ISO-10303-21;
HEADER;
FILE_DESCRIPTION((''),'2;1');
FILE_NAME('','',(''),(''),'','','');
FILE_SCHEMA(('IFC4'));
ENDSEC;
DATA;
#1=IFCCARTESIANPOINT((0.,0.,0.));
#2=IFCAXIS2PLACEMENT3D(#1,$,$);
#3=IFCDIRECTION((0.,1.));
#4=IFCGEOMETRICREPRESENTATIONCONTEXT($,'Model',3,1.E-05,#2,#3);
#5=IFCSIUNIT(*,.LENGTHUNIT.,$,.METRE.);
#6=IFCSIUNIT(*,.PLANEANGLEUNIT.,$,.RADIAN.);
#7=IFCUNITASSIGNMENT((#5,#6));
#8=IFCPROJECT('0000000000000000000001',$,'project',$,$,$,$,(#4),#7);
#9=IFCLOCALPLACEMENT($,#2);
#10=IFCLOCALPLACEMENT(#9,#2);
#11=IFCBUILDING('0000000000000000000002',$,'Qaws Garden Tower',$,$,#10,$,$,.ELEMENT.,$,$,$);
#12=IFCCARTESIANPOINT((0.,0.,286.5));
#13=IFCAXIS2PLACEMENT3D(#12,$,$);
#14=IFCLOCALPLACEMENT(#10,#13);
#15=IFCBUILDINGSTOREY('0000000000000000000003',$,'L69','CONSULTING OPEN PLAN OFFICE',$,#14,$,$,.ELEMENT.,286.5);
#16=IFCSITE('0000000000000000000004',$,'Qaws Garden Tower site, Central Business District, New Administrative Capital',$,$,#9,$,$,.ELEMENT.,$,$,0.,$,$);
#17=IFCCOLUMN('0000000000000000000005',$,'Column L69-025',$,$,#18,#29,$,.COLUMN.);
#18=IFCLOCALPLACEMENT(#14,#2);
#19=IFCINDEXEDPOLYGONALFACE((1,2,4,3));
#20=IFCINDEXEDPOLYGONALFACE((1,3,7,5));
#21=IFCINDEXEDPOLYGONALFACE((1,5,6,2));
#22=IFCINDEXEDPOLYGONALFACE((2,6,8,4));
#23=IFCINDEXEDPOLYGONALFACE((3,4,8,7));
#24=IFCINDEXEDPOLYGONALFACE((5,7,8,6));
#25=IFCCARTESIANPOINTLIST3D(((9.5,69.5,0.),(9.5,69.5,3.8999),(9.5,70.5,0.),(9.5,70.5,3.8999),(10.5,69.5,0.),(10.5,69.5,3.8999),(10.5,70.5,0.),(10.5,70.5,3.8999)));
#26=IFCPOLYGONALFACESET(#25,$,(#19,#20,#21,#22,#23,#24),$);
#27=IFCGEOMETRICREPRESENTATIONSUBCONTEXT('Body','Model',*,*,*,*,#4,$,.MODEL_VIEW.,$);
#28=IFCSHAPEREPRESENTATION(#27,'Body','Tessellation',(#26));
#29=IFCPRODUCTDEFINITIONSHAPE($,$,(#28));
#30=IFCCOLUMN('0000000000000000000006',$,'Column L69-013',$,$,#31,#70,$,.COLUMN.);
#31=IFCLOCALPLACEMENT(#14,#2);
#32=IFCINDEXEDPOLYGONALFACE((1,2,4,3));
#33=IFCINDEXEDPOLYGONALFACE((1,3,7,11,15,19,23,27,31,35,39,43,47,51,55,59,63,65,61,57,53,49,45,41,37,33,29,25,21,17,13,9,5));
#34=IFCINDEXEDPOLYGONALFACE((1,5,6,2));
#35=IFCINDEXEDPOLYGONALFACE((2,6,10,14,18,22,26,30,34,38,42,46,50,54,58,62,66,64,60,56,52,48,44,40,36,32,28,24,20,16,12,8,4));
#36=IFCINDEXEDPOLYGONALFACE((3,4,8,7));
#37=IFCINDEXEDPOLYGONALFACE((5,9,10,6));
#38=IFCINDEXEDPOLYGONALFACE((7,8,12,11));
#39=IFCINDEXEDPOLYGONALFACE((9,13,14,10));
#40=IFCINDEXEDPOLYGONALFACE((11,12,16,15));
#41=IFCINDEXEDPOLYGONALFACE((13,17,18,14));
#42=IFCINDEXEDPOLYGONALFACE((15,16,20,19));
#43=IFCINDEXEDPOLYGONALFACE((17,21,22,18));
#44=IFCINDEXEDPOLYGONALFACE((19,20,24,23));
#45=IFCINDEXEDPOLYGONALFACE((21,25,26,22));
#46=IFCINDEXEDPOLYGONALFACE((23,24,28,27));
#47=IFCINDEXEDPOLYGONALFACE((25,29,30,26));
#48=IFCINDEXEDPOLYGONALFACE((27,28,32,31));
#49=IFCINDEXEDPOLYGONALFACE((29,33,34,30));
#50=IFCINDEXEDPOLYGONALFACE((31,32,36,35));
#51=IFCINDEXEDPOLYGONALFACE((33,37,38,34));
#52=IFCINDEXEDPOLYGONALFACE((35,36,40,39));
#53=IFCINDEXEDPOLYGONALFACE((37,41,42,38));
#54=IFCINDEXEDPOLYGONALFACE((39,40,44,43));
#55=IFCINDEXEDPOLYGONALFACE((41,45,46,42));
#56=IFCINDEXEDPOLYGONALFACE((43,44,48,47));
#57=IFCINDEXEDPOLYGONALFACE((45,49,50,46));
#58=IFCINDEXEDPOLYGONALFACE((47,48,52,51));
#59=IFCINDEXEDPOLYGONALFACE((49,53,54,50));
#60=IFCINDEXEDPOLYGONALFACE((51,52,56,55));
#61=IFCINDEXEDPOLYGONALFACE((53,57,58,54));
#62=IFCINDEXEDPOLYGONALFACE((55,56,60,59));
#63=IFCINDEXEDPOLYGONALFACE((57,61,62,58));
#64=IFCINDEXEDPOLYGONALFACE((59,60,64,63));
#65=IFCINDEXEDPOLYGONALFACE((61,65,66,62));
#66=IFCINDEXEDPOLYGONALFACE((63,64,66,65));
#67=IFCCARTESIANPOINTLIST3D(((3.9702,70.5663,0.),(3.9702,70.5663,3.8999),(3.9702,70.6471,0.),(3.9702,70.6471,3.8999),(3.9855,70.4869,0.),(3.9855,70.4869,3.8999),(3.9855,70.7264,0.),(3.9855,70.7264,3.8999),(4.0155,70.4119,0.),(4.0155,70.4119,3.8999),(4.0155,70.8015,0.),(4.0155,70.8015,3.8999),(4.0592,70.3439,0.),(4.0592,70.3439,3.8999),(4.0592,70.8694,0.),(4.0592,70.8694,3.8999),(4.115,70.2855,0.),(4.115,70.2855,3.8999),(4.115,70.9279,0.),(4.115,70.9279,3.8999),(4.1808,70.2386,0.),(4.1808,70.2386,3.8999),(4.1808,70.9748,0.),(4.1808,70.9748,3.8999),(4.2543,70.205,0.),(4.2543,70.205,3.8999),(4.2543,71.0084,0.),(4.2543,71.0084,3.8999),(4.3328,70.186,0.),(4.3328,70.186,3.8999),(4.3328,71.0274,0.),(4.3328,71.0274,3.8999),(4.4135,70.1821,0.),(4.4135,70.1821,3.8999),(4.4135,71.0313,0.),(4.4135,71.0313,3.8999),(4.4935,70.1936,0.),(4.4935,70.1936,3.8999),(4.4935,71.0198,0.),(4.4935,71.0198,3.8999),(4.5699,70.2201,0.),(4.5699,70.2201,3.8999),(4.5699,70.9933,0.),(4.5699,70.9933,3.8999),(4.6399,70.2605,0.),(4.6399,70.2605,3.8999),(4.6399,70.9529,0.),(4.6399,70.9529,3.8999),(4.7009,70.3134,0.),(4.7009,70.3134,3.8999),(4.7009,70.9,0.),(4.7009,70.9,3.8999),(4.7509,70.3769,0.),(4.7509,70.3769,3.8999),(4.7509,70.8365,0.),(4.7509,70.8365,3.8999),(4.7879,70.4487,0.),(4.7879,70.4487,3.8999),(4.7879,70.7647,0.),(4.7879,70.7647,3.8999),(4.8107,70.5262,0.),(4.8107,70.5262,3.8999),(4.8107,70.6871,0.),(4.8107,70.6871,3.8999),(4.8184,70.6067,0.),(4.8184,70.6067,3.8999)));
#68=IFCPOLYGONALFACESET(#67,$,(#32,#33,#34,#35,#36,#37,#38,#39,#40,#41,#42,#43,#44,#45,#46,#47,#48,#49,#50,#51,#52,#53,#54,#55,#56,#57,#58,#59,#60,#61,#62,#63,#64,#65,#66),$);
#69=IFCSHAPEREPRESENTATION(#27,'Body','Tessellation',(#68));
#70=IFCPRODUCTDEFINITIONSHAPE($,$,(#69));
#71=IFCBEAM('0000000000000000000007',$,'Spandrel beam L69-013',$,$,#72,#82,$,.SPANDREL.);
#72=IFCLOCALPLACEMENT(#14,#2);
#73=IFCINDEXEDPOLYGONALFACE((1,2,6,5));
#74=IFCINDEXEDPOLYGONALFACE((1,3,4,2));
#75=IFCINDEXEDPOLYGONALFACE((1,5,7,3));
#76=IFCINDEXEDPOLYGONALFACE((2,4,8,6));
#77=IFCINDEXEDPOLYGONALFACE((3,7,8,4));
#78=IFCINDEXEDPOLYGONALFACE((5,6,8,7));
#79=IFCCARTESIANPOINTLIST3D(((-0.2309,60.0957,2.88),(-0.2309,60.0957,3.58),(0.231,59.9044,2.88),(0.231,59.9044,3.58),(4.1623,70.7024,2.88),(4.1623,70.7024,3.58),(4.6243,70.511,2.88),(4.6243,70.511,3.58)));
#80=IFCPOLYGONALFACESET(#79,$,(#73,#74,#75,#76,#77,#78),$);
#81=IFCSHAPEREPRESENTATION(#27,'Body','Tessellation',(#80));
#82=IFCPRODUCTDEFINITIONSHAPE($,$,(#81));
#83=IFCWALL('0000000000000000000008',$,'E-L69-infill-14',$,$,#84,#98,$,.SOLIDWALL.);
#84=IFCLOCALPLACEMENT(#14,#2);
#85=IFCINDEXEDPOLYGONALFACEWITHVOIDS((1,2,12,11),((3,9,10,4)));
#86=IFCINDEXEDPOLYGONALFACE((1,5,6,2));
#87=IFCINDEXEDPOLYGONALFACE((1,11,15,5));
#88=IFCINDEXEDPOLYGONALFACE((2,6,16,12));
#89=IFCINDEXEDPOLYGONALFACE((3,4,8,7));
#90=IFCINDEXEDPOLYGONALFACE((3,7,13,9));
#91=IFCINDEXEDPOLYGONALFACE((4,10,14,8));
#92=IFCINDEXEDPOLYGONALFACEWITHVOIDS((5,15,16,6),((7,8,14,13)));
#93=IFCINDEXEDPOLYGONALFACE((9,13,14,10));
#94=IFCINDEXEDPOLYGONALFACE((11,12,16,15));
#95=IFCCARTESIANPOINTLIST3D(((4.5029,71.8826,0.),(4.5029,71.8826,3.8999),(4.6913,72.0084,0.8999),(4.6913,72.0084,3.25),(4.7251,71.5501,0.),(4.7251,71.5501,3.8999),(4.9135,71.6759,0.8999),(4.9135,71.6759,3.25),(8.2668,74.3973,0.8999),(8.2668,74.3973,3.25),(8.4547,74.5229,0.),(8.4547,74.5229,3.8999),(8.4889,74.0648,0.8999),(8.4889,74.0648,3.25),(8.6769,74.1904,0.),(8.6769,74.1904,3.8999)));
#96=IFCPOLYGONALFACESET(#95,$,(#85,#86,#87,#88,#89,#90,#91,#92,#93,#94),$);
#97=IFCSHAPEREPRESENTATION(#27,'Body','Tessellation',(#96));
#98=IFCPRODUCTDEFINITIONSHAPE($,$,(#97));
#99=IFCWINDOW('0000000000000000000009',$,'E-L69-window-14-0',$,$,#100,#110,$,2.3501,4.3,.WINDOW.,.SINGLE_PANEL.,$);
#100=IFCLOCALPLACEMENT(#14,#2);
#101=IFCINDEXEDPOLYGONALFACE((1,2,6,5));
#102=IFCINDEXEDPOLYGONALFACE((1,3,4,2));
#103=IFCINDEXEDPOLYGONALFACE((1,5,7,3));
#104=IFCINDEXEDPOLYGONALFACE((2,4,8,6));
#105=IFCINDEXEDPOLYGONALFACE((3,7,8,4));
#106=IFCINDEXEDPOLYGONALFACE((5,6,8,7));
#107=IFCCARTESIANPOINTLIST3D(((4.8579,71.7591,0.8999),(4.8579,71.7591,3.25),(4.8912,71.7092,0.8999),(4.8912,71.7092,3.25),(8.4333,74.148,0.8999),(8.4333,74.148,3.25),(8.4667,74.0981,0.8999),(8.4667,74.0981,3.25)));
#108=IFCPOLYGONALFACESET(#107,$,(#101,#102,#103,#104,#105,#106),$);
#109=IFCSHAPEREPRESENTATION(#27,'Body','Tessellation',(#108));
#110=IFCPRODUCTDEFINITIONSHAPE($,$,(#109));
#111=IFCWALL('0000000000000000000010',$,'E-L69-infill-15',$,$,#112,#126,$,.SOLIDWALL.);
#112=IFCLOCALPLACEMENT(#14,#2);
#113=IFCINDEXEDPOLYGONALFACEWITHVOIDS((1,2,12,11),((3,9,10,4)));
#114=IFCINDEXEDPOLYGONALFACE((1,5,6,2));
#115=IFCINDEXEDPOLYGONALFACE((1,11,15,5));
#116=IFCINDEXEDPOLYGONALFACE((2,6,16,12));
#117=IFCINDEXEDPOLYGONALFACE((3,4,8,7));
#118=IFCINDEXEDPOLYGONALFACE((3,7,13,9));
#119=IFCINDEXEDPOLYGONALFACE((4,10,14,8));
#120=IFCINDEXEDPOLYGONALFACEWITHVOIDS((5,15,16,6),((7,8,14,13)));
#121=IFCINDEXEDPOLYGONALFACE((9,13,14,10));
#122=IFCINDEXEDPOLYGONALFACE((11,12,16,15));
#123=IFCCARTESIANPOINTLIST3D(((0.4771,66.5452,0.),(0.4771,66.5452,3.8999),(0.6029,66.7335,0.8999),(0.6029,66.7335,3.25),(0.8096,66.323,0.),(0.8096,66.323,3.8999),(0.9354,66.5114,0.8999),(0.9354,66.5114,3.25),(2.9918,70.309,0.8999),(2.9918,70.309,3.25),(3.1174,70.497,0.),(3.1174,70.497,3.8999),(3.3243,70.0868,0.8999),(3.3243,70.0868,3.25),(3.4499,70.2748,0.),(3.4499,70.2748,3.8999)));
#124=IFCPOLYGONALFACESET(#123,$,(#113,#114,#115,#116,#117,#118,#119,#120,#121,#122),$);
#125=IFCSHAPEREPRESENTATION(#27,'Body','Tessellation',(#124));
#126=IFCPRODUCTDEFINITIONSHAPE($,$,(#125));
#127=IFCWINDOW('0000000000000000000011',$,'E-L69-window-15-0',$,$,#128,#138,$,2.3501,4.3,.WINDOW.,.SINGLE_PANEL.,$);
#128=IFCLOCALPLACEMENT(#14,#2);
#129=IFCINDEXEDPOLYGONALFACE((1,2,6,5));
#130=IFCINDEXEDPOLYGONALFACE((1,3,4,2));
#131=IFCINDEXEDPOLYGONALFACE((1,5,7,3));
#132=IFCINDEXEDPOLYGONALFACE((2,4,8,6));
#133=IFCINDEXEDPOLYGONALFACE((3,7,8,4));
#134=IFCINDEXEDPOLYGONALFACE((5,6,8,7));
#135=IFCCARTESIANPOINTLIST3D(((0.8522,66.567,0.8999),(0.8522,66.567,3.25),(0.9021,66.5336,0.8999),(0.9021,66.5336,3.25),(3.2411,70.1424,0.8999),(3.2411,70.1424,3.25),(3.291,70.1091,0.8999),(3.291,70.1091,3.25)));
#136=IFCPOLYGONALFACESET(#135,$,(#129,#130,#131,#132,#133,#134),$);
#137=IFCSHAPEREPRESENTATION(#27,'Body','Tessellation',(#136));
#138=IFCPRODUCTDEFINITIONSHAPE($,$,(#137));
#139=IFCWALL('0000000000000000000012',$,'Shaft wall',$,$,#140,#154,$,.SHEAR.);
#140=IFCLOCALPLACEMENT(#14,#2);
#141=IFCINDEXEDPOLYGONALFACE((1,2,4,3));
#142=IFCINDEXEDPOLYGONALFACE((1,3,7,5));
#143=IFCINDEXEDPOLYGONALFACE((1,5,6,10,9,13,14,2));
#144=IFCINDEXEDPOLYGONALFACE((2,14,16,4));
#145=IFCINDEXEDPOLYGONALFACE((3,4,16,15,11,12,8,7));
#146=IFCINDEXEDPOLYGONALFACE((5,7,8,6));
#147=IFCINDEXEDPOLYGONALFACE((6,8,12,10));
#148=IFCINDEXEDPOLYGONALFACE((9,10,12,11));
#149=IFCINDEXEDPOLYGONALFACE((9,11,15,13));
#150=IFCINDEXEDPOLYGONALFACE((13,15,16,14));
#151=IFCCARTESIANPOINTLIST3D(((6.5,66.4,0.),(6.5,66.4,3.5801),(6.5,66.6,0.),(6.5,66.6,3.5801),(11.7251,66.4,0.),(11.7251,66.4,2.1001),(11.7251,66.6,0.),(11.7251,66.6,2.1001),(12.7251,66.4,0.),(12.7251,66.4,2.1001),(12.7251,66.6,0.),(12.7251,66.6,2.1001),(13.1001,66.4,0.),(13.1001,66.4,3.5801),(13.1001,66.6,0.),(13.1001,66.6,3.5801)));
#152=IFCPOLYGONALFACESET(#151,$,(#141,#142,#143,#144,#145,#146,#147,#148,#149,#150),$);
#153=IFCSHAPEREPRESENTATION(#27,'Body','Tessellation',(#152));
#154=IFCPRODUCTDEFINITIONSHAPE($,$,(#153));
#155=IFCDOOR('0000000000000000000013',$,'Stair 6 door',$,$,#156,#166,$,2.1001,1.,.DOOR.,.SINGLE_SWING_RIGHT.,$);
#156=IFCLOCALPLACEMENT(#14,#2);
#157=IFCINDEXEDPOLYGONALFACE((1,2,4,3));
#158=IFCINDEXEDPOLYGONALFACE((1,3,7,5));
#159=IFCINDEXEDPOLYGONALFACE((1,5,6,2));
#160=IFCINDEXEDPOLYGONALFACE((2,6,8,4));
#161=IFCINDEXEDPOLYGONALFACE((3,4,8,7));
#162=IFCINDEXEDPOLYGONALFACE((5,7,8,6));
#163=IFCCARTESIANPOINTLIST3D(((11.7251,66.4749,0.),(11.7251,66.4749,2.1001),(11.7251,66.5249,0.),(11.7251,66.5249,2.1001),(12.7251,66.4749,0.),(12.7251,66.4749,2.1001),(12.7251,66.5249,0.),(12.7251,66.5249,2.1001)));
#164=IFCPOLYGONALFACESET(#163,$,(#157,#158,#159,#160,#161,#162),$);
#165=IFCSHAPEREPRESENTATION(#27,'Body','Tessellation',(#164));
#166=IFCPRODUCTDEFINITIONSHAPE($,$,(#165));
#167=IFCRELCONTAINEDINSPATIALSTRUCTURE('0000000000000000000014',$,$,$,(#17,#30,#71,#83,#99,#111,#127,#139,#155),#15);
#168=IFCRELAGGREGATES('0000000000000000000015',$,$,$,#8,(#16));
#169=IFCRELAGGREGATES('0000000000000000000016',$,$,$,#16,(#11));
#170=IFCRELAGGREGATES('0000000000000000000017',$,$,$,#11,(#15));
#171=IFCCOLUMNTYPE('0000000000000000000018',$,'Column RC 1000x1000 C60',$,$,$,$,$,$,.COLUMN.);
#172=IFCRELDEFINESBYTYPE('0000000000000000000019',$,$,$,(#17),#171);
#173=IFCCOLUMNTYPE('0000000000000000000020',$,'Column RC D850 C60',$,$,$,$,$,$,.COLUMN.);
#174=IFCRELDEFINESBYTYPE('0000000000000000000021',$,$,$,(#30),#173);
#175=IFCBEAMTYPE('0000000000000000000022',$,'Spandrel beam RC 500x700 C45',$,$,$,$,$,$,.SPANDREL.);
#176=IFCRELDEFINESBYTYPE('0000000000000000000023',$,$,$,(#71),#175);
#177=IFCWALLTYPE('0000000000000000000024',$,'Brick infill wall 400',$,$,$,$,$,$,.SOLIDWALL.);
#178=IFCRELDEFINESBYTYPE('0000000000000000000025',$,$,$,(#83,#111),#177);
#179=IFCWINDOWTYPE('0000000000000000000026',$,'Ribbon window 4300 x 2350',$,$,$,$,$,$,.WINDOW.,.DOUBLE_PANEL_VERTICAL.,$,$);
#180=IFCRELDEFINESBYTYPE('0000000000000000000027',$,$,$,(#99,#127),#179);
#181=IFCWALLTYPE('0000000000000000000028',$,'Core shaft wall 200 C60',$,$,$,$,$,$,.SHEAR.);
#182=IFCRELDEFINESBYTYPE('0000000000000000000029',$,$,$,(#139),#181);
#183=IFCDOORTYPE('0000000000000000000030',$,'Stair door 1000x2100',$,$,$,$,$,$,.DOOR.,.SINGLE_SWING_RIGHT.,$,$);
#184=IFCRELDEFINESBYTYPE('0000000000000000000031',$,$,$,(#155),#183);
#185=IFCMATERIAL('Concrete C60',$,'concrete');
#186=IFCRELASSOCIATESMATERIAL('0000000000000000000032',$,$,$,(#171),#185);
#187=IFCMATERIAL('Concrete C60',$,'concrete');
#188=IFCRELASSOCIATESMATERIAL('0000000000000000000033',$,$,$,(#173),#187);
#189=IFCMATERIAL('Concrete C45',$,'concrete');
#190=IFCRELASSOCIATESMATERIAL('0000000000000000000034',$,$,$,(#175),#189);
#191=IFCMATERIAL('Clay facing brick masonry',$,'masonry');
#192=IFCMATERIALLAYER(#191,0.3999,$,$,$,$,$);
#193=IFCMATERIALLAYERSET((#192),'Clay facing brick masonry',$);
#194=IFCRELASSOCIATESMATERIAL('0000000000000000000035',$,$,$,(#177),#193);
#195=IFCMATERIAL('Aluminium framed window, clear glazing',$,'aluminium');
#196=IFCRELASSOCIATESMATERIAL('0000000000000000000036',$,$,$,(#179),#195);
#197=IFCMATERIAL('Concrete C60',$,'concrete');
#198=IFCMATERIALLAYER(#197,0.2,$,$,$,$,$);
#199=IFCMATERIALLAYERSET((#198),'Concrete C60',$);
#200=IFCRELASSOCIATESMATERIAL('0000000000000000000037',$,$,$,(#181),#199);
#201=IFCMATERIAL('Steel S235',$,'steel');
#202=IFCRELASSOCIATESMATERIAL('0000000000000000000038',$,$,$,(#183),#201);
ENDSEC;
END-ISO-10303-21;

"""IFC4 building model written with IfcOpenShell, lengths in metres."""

from ifc_helpers import new_model, si_unit, direction, frame, frame_2d, origin, origin_2d, place, context, subcontext, project, spatial, rectangle, circle, extrude, material, layer, layer_set, material_profile, profile_set, type_object, element, fill, save


model = new_model("IFC4")

# Units and contexts
model_context = context("Model", 3, precision=1e-05, world=origin(), true_north=direction((0.0, 1.0)))
body_context = subcontext(model_context, "Body", "Model", "MODEL_VIEW")
ifc_project = project(units=[si_unit("LENGTHUNIT", "METRE"), si_unit("PLANEANGLEUNIT", "RADIAN")], contexts=[model_context])

# Site, building, storey
site_placement = place(None, origin())
site = spatial("IfcSite", under=ifc_project, at=site_placement, Name="Qaws Garden Tower site, Central Business District, New Administrative Capital", CompositionType="ELEMENT", RefElevation=0.0)
building_placement = place(site_placement, origin())
building = spatial("IfcBuilding", under=site, at=building_placement, Name="Qaws Garden Tower", CompositionType="ELEMENT")
storey_placement = place(building_placement, frame((0.0, 0.0, 286.5)))
storey = spatial("IfcBuildingStorey", under=building, at=storey_placement, Name="L69", Description="CONSULTING OPEN PLAN OFFICE", CompositionType="ELEMENT", Elevation=286.5)

# Columns
ifc_material_1 = material(Name="Concrete C60", Category="concrete")
ifc_material_profile_1 = material_profile(ifc_material_1, rectangle(XDim=1.0, YDim=1.0, at=origin_2d()), Name="RC 1000x1000")
ifc_profile_set_1 = profile_set([ifc_material_profile_1], Name="Concrete C60")
column_type_1 = type_object("IfcColumnType", Name="Column RC 1000x1000 C60", PredefinedType="COLUMN", material=ifc_profile_set_1)
column_1_placement = place(storey_placement, frame((10.0, 70.0, 0.0), z_axis=(0.0, 0.0, 1.0), x_axis=(1.0, 0.0, 0.0)))
element("IfcColumn", 1, at=column_1_placement, inside=storey, type_object=column_type_1, Name="Column L69-025", PredefinedType="COLUMN", context=body_context, shape_type="SweptSolid", body=[
    extrude(rectangle(XDim=1.0, YDim=1.0, at=origin_2d()), origin(), (0.0, 0.0, 1.0), 3.8999),
])
ifc_material_2 = material(Name="Concrete C60", Category="concrete")
ifc_material_profile_2 = material_profile(ifc_material_2, circle(Radius=0.425, at=origin_2d()), Name="RC D850")
ifc_profile_set_2 = profile_set([ifc_material_profile_2], Name="Concrete C60")
column_type_2 = type_object("IfcColumnType", Name="Column RC D850 C60", PredefinedType="COLUMN", material=ifc_profile_set_2)
column_2_placement = place(storey_placement, frame((4.3933, 70.6067, 0.0), z_axis=(0.0, 0.0, 1.0), x_axis=(1.0, 0.0, 0.0)))
element("IfcColumn", 2, at=column_2_placement, inside=storey, type_object=column_type_2, Name="Column L69-013", PredefinedType="COLUMN", context=body_context, shape_type="SweptSolid", body=[
    extrude(circle(Radius=0.425, at=origin_2d()), origin(), (0.0, 0.0, 1.0), 3.8999),
])

# Beam
ifc_material_3 = material(Name="Concrete C45", Category="concrete")
ifc_material_profile_3 = material_profile(ifc_material_3, rectangle(XDim=0.5, YDim=0.7, at=origin_2d()), Name="RC 500x700")
ifc_profile_set_3 = profile_set([ifc_material_profile_3], Name="Concrete C45")
beam_type = type_object("IfcBeamType", Name="Spandrel beam RC 500x700 C45", PredefinedType="SPANDREL", material=ifc_profile_set_3)
beam_placement = place(storey_placement, frame((4.3933, 70.6067, 3.23), z_axis=(-0.382674, -0.923883, 0.0), x_axis=(0.923883, -0.382674, 0.0)))
element("IfcBeam", 3, at=beam_placement, inside=storey, type_object=beam_type, Name="Spandrel beam L69-013", PredefinedType="SPANDREL", context=body_context, shape_type="SweptSolid", body=[
    extrude(rectangle(XDim=0.5, YDim=0.7, at=origin_2d()), origin(), (0.0, 0.0, 1.0), 11.4805),
])

# Walls, openings, windows
ifc_material_4 = material(Name="Clay facing brick masonry", Category="masonry")
ifc_layer_1 = layer(ifc_material_4, 0.3999)
ifc_layer_set_1 = layer_set([ifc_layer_1], Name="Clay facing brick masonry")
wall_type_1 = type_object("IfcWallType", Name="Brick infill wall 400", PredefinedType="SOLIDWALL", material=ifc_layer_set_1)
wall_1_placement = place(storey_placement, frame((8.5659, 74.3567, 0.0), z_axis=(0.0, 0.0, 1.0), x_axis=(-0.831489, -0.555542, 0.0)))
wall_1 = element("IfcWall", 4, at=wall_1_placement, inside=storey, type_object=wall_type_1, Name="E-L69-infill-14", PredefinedType="SOLIDWALL", context=body_context, shape_type="SweptSolid", body=[
    extrude(rectangle(XDim=4.7527, YDim=0.3999, at=frame_2d((2.3765, 0.0))), origin(), (0.0, 0.0, 1.0), 3.8999),
])
opening_1_placement = place(wall_1_placement, frame((0.2263, 0.0, 0.8999)))
opening_1 = element("IfcOpeningElement", 5, at=opening_1_placement, cuts=wall_1, PredefinedType="OPENING", context=body_context, shape_type="SweptSolid", body=[
    extrude(rectangle(XDim=4.3, YDim=2.3501, at=frame_2d((2.1499, 1.175))), frame((0.0, 0.21, 0.0), z_axis=(0.0, -1.0, 0.0), x_axis=(1.0, 0.0, 0.0)), (0.0, 0.0, 1.0), 0.4199),
])
ifc_material_5 = material(Name="Aluminium framed window, clear glazing", Category="aluminium")
window_type = type_object("IfcWindowType", Name="Ribbon window 4300 x 2350", PartitioningType="DOUBLE_PANEL_VERTICAL", PredefinedType="WINDOW", material=ifc_material_5)
window_1_placement = place(opening_1_placement, origin())
window_1 = element("IfcWindow", 6, at=window_1_placement, inside=storey, type_object=window_type, Name="E-L69-window-14-0", OverallHeight=2.3501, OverallWidth=4.3, PartitioningType="SINGLE_PANEL", PredefinedType="WINDOW", context=body_context, shape_type="SweptSolid", body=[
    extrude(rectangle(XDim=4.3, YDim=2.3501, at=frame_2d((2.1499, 1.175))), frame((0.0, 0.1599, 0.0), z_axis=(0.0, -1.0, 0.0), x_axis=(1.0, 0.0, 0.0)), (0.0, 0.0, 1.0), 0.0601),
])
fill(opening_1, window_1)
wall_2_placement = place(storey_placement, frame((3.2837, 70.386, 0.0), z_axis=(0.0, 0.0, 1.0), x_axis=(-0.555542, -0.831489, 0.0)))
wall_2 = element("IfcWall", 7, at=wall_2_placement, inside=storey, type_object=wall_type_1, Name="E-L69-infill-15", PredefinedType="SOLIDWALL", context=body_context, shape_type="SweptSolid", body=[
    extrude(rectangle(XDim=4.7527, YDim=0.3999, at=frame_2d((2.3765, 0.0))), origin(), (0.0, 0.0, 1.0), 3.8999),
])
opening_2_placement = place(wall_2_placement, frame((0.2263, 0.0, 0.8999)))
opening_2 = element("IfcOpeningElement", 8, at=opening_2_placement, cuts=wall_2, PredefinedType="OPENING", context=body_context, shape_type="SweptSolid", body=[
    extrude(rectangle(XDim=4.3, YDim=2.3501, at=frame_2d((2.1499, 1.175))), frame((0.0, 0.21, 0.0), z_axis=(0.0, -1.0, 0.0), x_axis=(1.0, 0.0, 0.0)), (0.0, 0.0, 1.0), 0.4199),
])
window_2_placement = place(opening_2_placement, origin())
window_2 = element("IfcWindow", 9, at=window_2_placement, inside=storey, type_object=window_type, Name="E-L69-window-15-0", OverallHeight=2.3501, OverallWidth=4.3, PartitioningType="SINGLE_PANEL", PredefinedType="WINDOW", context=body_context, shape_type="SweptSolid", body=[
    extrude(rectangle(XDim=4.3, YDim=2.3501, at=frame_2d((2.1499, 1.175))), frame((0.0, 0.1599, 0.0), z_axis=(0.0, -1.0, 0.0), x_axis=(1.0, 0.0, 0.0)), (0.0, 0.0, 1.0), 0.0601),
])
fill(opening_2, window_2)

# Wall, opening, door
ifc_material_6 = material(Name="Concrete C60", Category="concrete")
ifc_layer_2 = layer(ifc_material_6, 0.2)
ifc_layer_set_2 = layer_set([ifc_layer_2], Name="Concrete C60")
wall_type_2 = type_object("IfcWallType", Name="Core shaft wall 200 C60", PredefinedType="SHEAR", material=ifc_layer_set_2)
wall_3_placement = place(storey_placement, frame((6.5, 66.5, 0.0), z_axis=(0.0, 0.0, 1.0), x_axis=(1.0, 0.0, 0.0)))
wall_3 = element("IfcWall", 10, at=wall_3_placement, inside=storey, type_object=wall_type_2, Name="Shaft wall", PredefinedType="SHEAR", context=body_context, shape_type="SweptSolid", body=[
    extrude(rectangle(XDim=6.6001, YDim=0.2, at=frame_2d((3.3, 0.0))), origin(), (0.0, 0.0, 1.0), 3.5801),
])
opening_3_placement = place(wall_3_placement, frame((5.2251, 0.0, 0.0)))
opening_3 = element("IfcOpeningElement", 11, at=opening_3_placement, cuts=wall_3, PredefinedType="OPENING", context=body_context, shape_type="SweptSolid", body=[
    extrude(rectangle(XDim=1.0, YDim=2.1001, at=frame_2d((0.5, 1.05))), frame((0.0, 0.1099, 0.0), z_axis=(0.0, -1.0, 0.0), x_axis=(1.0, 0.0, 0.0)), (0.0, 0.0, 1.0), 0.22),
])
ifc_material_7 = material(Name="Steel S235", Category="steel")
door_type = type_object("IfcDoorType", Name="Stair door 1000x2100", OperationType="SINGLE_SWING_RIGHT", PredefinedType="DOOR", material=ifc_material_7)
door_1_placement = place(opening_3_placement, origin())
door_1 = element("IfcDoor", 12, at=door_1_placement, inside=storey, type_object=door_type, Name="Stair 6 door", OperationType="SINGLE_SWING_RIGHT", OverallHeight=2.1001, OverallWidth=1.0, PredefinedType="DOOR", context=body_context, shape_type="SweptSolid", body=[
    extrude(rectangle(XDim=1.0, YDim=2.1001, at=frame_2d((0.5, 1.05))), frame((0.0, 0.0249, 0.0), z_axis=(0.0, -1.0, 0.0), x_axis=(1.0, 0.0, 0.0)), (0.0, 0.0, 1.0), 0.05),
])
fill(opening_3, door_1)

save(model, "model.ifc")
